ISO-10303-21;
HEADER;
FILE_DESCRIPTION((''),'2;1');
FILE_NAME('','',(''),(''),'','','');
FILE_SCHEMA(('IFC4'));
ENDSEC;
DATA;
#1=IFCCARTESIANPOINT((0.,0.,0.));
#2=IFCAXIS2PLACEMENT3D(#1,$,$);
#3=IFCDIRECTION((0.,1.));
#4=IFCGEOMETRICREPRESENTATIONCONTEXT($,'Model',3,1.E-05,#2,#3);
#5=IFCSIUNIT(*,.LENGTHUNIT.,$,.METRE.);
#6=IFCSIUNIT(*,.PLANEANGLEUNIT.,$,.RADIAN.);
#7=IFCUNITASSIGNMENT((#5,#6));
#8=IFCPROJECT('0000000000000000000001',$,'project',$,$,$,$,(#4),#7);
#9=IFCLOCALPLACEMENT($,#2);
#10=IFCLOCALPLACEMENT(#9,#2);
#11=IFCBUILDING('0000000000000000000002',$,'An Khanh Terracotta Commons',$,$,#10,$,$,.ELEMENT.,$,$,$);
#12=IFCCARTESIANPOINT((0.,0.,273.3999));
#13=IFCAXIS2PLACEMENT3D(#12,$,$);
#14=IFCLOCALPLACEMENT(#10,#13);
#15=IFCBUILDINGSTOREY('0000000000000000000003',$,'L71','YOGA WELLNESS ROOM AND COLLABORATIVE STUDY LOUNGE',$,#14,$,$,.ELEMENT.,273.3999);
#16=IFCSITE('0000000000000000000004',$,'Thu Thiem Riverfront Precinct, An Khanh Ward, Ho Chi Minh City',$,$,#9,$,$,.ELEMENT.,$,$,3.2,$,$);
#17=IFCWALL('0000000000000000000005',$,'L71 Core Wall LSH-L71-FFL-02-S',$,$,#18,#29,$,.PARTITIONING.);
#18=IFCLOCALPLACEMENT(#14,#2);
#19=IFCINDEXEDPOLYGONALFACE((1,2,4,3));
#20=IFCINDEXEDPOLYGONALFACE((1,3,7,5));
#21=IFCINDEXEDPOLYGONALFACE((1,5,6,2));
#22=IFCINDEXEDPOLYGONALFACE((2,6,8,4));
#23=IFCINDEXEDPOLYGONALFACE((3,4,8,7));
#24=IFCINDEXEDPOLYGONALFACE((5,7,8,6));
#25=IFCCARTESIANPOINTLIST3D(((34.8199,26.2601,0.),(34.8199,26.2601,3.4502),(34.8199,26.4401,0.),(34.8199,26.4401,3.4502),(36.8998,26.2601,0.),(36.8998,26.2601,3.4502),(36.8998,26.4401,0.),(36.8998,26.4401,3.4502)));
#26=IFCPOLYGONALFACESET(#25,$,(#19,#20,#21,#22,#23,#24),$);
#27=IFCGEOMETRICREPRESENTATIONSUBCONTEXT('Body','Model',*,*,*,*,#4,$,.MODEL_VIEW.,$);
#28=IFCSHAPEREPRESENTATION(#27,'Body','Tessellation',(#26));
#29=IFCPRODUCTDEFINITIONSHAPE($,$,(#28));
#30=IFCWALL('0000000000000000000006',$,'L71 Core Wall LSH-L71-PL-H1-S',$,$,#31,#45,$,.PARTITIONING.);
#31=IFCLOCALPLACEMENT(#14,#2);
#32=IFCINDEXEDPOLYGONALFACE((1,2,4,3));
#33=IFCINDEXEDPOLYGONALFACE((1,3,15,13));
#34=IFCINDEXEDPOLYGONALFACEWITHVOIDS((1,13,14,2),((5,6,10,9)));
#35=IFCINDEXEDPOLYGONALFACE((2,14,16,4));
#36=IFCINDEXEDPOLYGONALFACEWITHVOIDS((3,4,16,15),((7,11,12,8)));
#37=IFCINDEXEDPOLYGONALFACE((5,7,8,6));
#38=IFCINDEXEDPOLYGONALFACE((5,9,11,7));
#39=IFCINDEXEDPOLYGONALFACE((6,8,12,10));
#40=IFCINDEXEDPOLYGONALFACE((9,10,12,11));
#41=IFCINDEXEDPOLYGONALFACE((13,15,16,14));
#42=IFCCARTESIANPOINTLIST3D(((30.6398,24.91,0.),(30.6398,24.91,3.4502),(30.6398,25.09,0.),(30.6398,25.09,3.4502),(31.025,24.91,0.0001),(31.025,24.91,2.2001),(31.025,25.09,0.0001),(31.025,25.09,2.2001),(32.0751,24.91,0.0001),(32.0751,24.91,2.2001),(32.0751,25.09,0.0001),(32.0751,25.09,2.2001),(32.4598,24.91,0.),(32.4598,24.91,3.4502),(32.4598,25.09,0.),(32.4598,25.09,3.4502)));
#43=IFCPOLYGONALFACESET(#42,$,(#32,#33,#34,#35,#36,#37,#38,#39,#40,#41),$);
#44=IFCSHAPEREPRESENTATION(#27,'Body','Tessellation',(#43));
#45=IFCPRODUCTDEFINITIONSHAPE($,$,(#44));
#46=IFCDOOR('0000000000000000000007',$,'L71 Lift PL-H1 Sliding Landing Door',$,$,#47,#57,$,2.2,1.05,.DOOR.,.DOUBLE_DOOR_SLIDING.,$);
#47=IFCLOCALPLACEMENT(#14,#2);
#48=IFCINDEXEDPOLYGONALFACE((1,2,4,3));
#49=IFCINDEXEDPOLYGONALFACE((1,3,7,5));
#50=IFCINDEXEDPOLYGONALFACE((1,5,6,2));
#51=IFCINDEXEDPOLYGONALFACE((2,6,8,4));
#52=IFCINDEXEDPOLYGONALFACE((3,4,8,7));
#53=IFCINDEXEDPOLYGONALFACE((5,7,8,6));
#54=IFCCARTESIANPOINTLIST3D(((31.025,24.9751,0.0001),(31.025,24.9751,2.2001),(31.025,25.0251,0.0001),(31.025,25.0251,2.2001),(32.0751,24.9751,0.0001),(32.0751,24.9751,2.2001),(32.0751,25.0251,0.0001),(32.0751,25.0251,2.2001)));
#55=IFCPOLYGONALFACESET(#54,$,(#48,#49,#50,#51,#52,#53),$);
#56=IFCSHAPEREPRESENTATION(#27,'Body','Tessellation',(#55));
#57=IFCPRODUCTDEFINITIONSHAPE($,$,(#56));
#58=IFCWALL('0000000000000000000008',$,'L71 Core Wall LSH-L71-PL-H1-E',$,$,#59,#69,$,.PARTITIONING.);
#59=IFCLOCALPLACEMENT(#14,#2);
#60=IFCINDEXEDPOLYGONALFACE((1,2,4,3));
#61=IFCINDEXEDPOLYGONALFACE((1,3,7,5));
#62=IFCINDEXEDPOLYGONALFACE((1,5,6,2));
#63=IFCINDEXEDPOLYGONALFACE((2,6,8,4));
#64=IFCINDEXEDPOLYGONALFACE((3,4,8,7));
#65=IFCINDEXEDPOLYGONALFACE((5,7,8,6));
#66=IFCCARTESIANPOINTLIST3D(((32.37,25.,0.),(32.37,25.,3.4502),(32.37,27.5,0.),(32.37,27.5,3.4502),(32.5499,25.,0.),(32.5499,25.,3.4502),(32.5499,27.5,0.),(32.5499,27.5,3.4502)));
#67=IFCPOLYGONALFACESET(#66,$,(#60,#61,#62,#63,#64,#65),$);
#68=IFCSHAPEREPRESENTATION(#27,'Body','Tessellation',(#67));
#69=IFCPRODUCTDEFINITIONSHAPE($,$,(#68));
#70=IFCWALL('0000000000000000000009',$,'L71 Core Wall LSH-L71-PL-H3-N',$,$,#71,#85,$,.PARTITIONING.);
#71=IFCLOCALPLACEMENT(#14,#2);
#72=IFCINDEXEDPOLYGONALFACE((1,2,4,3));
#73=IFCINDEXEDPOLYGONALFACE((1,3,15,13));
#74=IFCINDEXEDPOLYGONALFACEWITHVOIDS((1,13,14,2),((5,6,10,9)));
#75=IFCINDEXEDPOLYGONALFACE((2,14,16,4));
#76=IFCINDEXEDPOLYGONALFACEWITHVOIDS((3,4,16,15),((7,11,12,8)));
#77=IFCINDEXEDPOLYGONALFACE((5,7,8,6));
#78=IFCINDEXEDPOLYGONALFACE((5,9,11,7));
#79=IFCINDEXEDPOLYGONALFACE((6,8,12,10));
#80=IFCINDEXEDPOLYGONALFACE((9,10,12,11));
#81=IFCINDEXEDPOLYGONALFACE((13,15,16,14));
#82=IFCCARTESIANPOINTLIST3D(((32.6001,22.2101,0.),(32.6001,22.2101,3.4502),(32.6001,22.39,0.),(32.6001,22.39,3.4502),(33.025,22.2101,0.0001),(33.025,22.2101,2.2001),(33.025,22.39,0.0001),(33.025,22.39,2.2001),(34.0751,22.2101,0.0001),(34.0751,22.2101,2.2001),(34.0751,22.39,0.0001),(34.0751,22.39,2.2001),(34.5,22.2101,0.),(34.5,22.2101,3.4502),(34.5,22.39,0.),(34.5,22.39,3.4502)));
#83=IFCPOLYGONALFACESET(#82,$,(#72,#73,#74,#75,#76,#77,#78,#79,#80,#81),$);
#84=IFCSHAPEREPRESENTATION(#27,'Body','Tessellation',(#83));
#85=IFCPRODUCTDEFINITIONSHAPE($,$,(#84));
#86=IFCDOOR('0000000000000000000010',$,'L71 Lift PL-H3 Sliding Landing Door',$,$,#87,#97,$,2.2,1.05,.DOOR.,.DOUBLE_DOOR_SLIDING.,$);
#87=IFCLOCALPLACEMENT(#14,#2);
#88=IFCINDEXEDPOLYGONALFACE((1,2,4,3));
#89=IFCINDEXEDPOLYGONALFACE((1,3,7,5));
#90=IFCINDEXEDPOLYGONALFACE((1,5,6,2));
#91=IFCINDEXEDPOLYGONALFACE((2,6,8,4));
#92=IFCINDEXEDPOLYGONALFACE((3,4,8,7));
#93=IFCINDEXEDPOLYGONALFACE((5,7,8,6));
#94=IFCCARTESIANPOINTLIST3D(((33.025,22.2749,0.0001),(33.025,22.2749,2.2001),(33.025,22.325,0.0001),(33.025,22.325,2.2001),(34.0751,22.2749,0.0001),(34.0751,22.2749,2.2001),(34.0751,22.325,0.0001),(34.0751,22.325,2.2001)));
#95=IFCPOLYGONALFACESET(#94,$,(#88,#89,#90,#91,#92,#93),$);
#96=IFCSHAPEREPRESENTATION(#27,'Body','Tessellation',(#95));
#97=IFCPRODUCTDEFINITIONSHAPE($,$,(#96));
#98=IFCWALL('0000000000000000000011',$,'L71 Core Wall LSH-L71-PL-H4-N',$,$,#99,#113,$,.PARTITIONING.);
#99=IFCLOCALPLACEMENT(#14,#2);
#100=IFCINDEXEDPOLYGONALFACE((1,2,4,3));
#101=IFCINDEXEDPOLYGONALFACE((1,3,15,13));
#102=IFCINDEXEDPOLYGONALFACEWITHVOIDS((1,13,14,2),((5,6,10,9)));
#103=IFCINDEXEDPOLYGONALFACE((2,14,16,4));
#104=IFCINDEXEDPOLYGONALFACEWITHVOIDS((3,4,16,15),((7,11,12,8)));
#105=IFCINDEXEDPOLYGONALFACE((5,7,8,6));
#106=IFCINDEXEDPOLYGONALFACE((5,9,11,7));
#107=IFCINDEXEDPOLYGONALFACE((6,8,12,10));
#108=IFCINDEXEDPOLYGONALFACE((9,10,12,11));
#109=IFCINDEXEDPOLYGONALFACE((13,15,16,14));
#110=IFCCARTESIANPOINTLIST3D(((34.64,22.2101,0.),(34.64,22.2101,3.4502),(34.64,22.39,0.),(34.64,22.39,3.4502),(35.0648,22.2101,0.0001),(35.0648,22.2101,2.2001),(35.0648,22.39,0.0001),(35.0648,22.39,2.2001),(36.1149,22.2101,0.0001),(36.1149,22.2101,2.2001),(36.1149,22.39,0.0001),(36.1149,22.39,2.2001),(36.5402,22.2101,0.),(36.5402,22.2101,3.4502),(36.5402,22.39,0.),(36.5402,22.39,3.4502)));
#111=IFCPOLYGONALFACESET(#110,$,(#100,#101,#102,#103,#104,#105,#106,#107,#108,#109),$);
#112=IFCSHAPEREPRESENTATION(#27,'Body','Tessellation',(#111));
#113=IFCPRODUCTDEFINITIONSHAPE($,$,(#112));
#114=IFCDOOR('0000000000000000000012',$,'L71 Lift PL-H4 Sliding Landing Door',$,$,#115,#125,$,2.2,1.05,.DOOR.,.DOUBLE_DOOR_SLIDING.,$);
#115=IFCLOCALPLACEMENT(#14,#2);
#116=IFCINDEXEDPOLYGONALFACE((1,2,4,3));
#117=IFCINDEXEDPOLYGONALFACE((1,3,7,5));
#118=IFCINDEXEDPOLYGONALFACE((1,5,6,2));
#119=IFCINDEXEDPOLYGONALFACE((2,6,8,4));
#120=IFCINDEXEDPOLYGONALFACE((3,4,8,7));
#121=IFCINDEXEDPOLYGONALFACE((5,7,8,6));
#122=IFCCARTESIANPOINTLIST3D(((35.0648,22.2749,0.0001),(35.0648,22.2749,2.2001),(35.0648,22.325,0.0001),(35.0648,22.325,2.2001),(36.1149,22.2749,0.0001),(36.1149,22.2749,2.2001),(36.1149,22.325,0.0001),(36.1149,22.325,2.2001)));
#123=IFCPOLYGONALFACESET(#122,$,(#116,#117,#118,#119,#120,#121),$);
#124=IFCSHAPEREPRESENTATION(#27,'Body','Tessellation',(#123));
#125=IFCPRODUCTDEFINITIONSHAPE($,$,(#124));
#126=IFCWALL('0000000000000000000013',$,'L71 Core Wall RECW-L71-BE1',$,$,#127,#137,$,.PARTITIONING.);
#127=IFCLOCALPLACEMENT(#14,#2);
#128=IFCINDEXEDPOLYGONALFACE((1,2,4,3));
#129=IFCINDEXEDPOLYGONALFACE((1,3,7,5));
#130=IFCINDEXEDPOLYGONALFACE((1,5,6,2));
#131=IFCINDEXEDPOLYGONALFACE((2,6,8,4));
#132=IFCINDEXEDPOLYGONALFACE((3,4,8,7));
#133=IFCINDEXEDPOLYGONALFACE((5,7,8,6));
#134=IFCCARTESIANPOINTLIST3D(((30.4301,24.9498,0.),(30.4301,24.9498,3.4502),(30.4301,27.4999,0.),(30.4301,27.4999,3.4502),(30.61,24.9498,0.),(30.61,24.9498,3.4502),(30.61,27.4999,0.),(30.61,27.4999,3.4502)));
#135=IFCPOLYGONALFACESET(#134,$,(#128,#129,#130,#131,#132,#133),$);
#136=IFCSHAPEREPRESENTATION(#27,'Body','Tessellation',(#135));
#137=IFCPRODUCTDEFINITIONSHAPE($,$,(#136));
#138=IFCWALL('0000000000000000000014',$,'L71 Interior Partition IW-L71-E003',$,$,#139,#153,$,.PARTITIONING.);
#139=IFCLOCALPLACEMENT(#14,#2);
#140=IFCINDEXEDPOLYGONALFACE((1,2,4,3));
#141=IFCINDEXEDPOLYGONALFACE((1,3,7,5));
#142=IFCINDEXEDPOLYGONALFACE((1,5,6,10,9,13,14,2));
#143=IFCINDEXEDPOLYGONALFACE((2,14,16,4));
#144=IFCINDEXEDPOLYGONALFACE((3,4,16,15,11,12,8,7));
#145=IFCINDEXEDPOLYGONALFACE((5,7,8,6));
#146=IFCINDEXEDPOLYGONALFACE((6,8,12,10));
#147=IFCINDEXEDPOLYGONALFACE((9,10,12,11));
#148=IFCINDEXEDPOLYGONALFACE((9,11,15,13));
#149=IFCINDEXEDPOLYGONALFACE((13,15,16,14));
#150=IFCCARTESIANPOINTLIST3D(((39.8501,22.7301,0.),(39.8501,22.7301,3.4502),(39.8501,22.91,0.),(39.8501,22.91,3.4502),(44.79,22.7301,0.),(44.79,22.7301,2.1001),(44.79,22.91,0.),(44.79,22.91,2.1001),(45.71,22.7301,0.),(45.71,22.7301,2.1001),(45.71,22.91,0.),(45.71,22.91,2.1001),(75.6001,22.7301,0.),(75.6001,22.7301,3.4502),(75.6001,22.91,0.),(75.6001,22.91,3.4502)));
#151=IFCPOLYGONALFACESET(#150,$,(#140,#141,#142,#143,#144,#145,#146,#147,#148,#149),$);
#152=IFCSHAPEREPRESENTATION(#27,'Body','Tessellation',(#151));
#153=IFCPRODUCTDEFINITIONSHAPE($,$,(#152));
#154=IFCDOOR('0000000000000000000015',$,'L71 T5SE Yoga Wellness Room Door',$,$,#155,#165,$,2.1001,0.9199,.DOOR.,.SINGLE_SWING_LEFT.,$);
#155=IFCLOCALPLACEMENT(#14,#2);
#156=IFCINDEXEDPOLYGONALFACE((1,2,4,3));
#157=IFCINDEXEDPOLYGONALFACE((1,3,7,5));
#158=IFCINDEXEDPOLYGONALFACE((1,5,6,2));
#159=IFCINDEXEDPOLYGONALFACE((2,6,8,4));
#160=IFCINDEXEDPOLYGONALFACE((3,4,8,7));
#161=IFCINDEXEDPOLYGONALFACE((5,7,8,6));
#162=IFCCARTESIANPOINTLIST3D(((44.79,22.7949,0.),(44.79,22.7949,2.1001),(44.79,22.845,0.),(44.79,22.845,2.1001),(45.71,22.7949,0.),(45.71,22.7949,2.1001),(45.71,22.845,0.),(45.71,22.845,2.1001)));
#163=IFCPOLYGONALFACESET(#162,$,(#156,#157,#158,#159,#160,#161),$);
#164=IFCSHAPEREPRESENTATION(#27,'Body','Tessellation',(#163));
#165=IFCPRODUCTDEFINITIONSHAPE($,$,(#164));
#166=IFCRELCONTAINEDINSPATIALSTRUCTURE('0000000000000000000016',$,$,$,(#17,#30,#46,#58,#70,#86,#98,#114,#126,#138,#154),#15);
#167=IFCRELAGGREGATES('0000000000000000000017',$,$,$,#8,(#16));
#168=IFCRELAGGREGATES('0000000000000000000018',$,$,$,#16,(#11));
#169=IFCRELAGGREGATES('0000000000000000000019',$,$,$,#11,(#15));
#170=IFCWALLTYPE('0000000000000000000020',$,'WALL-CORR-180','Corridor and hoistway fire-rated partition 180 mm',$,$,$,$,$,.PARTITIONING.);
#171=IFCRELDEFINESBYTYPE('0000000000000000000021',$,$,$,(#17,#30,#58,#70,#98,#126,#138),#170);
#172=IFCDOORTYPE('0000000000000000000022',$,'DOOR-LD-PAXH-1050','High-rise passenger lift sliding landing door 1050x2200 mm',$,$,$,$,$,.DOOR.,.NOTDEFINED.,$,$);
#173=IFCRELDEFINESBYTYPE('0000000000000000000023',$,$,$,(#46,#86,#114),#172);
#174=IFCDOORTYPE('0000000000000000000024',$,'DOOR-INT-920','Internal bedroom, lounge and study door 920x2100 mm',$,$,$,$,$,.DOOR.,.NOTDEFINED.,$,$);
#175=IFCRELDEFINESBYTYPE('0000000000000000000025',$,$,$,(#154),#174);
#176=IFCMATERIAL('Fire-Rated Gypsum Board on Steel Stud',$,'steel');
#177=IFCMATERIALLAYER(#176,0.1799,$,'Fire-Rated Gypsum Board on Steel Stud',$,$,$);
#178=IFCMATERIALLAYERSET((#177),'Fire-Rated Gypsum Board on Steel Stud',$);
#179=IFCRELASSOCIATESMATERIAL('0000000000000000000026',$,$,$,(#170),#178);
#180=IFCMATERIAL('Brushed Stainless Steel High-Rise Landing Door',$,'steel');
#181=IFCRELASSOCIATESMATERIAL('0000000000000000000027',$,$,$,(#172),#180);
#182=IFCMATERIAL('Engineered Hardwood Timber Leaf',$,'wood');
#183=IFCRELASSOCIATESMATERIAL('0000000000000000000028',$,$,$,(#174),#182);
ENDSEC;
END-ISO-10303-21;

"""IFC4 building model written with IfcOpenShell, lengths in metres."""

from ifc_helpers import new_model, si_unit, direction, frame, frame_2d, origin, place, context, subcontext, project, spatial, rectangle, extrude, material, layer, layer_set, type_object, element, fill, save


model = new_model("IFC4")

# Units and contexts
model_context = context("Model", 3, precision=1e-05, world=origin(), true_north=direction((0.0, 1.0)))
body_context = subcontext(model_context, "Body", "Model", "MODEL_VIEW")
ifc_project = project(units=[si_unit("LENGTHUNIT", "METRE"), si_unit("PLANEANGLEUNIT", "RADIAN")], contexts=[model_context])

# Site, building, storey
site_placement = place(None, origin())
site = spatial("IfcSite", under=ifc_project, at=site_placement, Name="Thu Thiem Riverfront Precinct, An Khanh Ward, Ho Chi Minh City", CompositionType="ELEMENT", RefElevation=3.2)
building_placement = place(site_placement, origin())
building = spatial("IfcBuilding", under=site, at=building_placement, Name="An Khanh Terracotta Commons", CompositionType="ELEMENT")
storey_placement = place(building_placement, frame((0.0, 0.0, 273.3999)))
storey = spatial("IfcBuildingStorey", under=building, at=storey_placement, Name="L71", Description="YOGA WELLNESS ROOM AND COLLABORATIVE STUDY LOUNGE", CompositionType="ELEMENT", Elevation=273.3999)

# Wall
ifc_material_1 = material(Name="Fire-Rated Gypsum Board on Steel Stud", Category="steel")
ifc_layer = layer(ifc_material_1, 0.1799, Name="Fire-Rated Gypsum Board on Steel Stud")
ifc_layer_set = layer_set([ifc_layer], Name="Fire-Rated Gypsum Board on Steel Stud")
wall_type = type_object("IfcWallType", Name="WALL-CORR-180", Description="Corridor and hoistway fire-rated partition 180 mm", PredefinedType="PARTITIONING", material=ifc_layer_set)
wall_1_placement = place(storey_placement, frame((36.8999, 26.3501, 0.0), z_axis=(0.0, 0.0, 1.0), x_axis=(-1.0, 0.0, 0.0)))
element("IfcWall", 1, at=wall_1_placement, inside=storey, type_object=wall_type, Name="L71 Core Wall LSH-L71-FFL-02-S", PredefinedType="PARTITIONING", context=body_context, shape_type="SweptSolid", body=[
    extrude(rectangle(XDim=2.0798, YDim=0.1799, at=frame_2d((1.04, 0.0))), origin(), (0.0, 0.0, 1.0), 3.4502),
])

# Wall, opening, door
wall_2_placement = place(storey_placement, frame((32.46, 25.0, 0.0), z_axis=(0.0, 0.0, 1.0), x_axis=(-1.0, 0.0, 0.0)))
wall_2 = element("IfcWall", 2, at=wall_2_placement, inside=storey, type_object=wall_type, Name="L71 Core Wall LSH-L71-PL-H1-S", PredefinedType="PARTITIONING", context=body_context, shape_type="SweptSolid", body=[
    extrude(rectangle(XDim=1.8201, YDim=0.1799, at=frame_2d((0.9102, 0.0))), origin(), (0.0, 0.0, 1.0), 3.4502),
])
opening_1_placement = place(wall_2_placement, frame((0.385, 0.0, 0.0)))
opening_1 = element("IfcOpeningElement", 3, at=opening_1_placement, cuts=wall_2, PredefinedType="OPENING", context=body_context, shape_type="SweptSolid", body=[
    extrude(rectangle(XDim=1.05, YDim=2.2, at=frame_2d((0.5249, 1.1001))), frame((0.0, 0.0999, 0.0), z_axis=(0.0, -1.0, 0.0), x_axis=(1.0, 0.0, 0.0)), (0.0, 0.0, 1.0), 0.2),
])
ifc_material_2 = material(Name="Brushed Stainless Steel High-Rise Landing Door", Category="steel")
door_type_1 = type_object("IfcDoorType", Name="DOOR-LD-PAXH-1050", Description="High-rise passenger lift sliding landing door 1050x2200 mm", OperationType="NOTDEFINED", PredefinedType="DOOR", material=ifc_material_2)
door_1_placement = place(opening_1_placement, origin())
door_1 = element("IfcDoor", 4, at=door_1_placement, inside=storey, type_object=door_type_1, Name="L71 Lift PL-H1 Sliding Landing Door", OperationType="DOUBLE_DOOR_SLIDING", OverallHeight=2.2, OverallWidth=1.05, PredefinedType="DOOR", context=body_context, shape_type="SweptSolid", body=[
    extrude(rectangle(XDim=1.05, YDim=2.2, at=frame_2d((0.5249, 1.1001))), frame((0.0, 0.0249, 0.0), z_axis=(0.0, -1.0, 0.0), x_axis=(1.0, 0.0, 0.0)), (0.0, 0.0, 1.0), 0.05),
])
fill(opening_1, door_1)

# Wall
wall_3_placement = place(storey_placement, frame((32.46, 25.0, 0.0), z_axis=(0.0, 0.0, 1.0), x_axis=(0.0, 1.0, 0.0)))
element("IfcWall", 5, at=wall_3_placement, inside=storey, type_object=wall_type, Name="L71 Core Wall LSH-L71-PL-H1-E", PredefinedType="PARTITIONING", context=body_context, shape_type="SweptSolid", body=[
    extrude(rectangle(XDim=2.5, YDim=0.1799, at=frame_2d((1.25, 0.0))), origin(), (0.0, 0.0, 1.0), 3.4502),
])

# Walls, openings, doors
wall_4_placement = place(storey_placement, frame((32.6001, 22.3, 0.0), z_axis=(0.0, 0.0, 1.0), x_axis=(1.0, 0.0, 0.0)))
wall_4 = element("IfcWall", 6, at=wall_4_placement, inside=storey, type_object=wall_type, Name="L71 Core Wall LSH-L71-PL-H3-N", PredefinedType="PARTITIONING", context=body_context, shape_type="SweptSolid", body=[
    extrude(rectangle(XDim=1.8999, YDim=0.1799, at=frame_2d((0.95, 0.0))), origin(), (0.0, 0.0, 1.0), 3.4502),
])
opening_2_placement = place(wall_4_placement, frame((0.425, 0.0, 0.0)))
opening_2 = element("IfcOpeningElement", 7, at=opening_2_placement, cuts=wall_4, PredefinedType="OPENING", context=body_context, shape_type="SweptSolid", body=[
    extrude(rectangle(XDim=1.05, YDim=2.2, at=frame_2d((0.5249, 1.1001))), frame((0.0, 0.0999, 0.0), z_axis=(0.0, -1.0, 0.0), x_axis=(1.0, 0.0, 0.0)), (0.0, 0.0, 1.0), 0.2),
])
door_2_placement = place(opening_2_placement, origin())
door_2 = element("IfcDoor", 8, at=door_2_placement, inside=storey, type_object=door_type_1, Name="L71 Lift PL-H3 Sliding Landing Door", OperationType="DOUBLE_DOOR_SLIDING", OverallHeight=2.2, OverallWidth=1.05, PredefinedType="DOOR", context=body_context, shape_type="SweptSolid", body=[
    extrude(rectangle(XDim=1.05, YDim=2.2, at=frame_2d((0.5249, 1.1001))), frame((0.0, 0.0249, 0.0), z_axis=(0.0, -1.0, 0.0), x_axis=(1.0, 0.0, 0.0)), (0.0, 0.0, 1.0), 0.05),
])
fill(opening_2, door_2)
wall_5_placement = place(storey_placement, frame((34.6399, 22.3, 0.0), z_axis=(0.0, 0.0, 1.0), x_axis=(1.0, 0.0, 0.0)))
wall_5 = element("IfcWall", 9, at=wall_5_placement, inside=storey, type_object=wall_type, Name="L71 Core Wall LSH-L71-PL-H4-N", PredefinedType="PARTITIONING", context=body_context, shape_type="SweptSolid", body=[
    extrude(rectangle(XDim=1.9001, YDim=0.1799, at=frame_2d((0.9502, 0.0))), origin(), (0.0, 0.0, 1.0), 3.4502),
])
opening_3_placement = place(wall_5_placement, frame((0.425, 0.0, 0.0)))
opening_3 = element("IfcOpeningElement", 10, at=opening_3_placement, cuts=wall_5, PredefinedType="OPENING", context=body_context, shape_type="SweptSolid", body=[
    extrude(rectangle(XDim=1.05, YDim=2.2, at=frame_2d((0.5249, 1.1001))), frame((0.0, 0.0999, 0.0), z_axis=(0.0, -1.0, 0.0), x_axis=(1.0, 0.0, 0.0)), (0.0, 0.0, 1.0), 0.2),
])
door_3_placement = place(opening_3_placement, origin())
door_3 = element("IfcDoor", 11, at=door_3_placement, inside=storey, type_object=door_type_1, Name="L71 Lift PL-H4 Sliding Landing Door", OperationType="DOUBLE_DOOR_SLIDING", OverallHeight=2.2, OverallWidth=1.05, PredefinedType="DOOR", context=body_context, shape_type="SweptSolid", body=[
    extrude(rectangle(XDim=1.05, YDim=2.2, at=frame_2d((0.5249, 1.1001))), frame((0.0, 0.0249, 0.0), z_axis=(0.0, -1.0, 0.0), x_axis=(1.0, 0.0, 0.0)), (0.0, 0.0, 1.0), 0.05),
])
fill(opening_3, door_3)

# Wall
wall_6_placement = place(storey_placement, frame((30.52, 24.95, 0.0), z_axis=(0.0, 0.0, 1.0), x_axis=(0.0, 1.0, 0.0)))
element("IfcWall", 12, at=wall_6_placement, inside=storey, type_object=wall_type, Name="L71 Core Wall RECW-L71-BE1", PredefinedType="PARTITIONING", context=body_context, shape_type="SweptSolid", body=[
    extrude(rectangle(XDim=2.55, YDim=0.1799, at=frame_2d((1.2749, 0.0))), origin(), (0.0, 0.0, 1.0), 3.4502),
])

# Wall, opening, door
wall_7_placement = place(storey_placement, frame((39.8501, 22.8201, 0.0), z_axis=(0.0, 0.0, 1.0), x_axis=(1.0, 0.0, 0.0)))
wall_7 = element("IfcWall", 13, at=wall_7_placement, inside=storey, type_object=wall_type, Name="L71 Interior Partition IW-L71-E003", PredefinedType="PARTITIONING", context=body_context, shape_type="SweptSolid", body=[
    extrude(rectangle(XDim=35.75, YDim=0.1799, at=frame_2d((17.875, 0.0))), origin(), (0.0, 0.0, 1.0), 3.4502),
])
opening_4_placement = place(wall_7_placement, frame((4.9399, 0.0, 0.0)))
opening_4 = element("IfcOpeningElement", 14, at=opening_4_placement, cuts=wall_7, PredefinedType="OPENING", context=body_context, shape_type="SweptSolid", body=[
    extrude(rectangle(XDim=0.9199, YDim=2.1001, at=frame_2d((0.46, 1.05))), frame((0.0, 0.0999, 0.0), z_axis=(0.0, -1.0, 0.0), x_axis=(1.0, 0.0, 0.0)), (0.0, 0.0, 1.0), 0.2),
])
ifc_material_3 = material(Name="Engineered Hardwood Timber Leaf", Category="wood")
door_type_2 = type_object("IfcDoorType", Name="DOOR-INT-920", Description="Internal bedroom, lounge and study door 920x2100 mm", OperationType="NOTDEFINED", PredefinedType="DOOR", material=ifc_material_3)
door_4_placement = place(opening_4_placement, origin())
door_4 = element("IfcDoor", 15, at=door_4_placement, inside=storey, type_object=door_type_2, Name="L71 T5SE Yoga Wellness Room Door", OperationType="SINGLE_SWING_LEFT", OverallHeight=2.1001, OverallWidth=0.9199, PredefinedType="DOOR", context=body_context, shape_type="SweptSolid", body=[
    extrude(rectangle(XDim=0.9199, YDim=2.1001, at=frame_2d((0.46, 1.05))), frame((0.0, 0.0249, 0.0), z_axis=(0.0, -1.0, 0.0), x_axis=(1.0, 0.0, 0.0)), (0.0, 0.0, 1.0), 0.05),
])
fill(opening_4, door_4)

save(model, "model.ifc")
